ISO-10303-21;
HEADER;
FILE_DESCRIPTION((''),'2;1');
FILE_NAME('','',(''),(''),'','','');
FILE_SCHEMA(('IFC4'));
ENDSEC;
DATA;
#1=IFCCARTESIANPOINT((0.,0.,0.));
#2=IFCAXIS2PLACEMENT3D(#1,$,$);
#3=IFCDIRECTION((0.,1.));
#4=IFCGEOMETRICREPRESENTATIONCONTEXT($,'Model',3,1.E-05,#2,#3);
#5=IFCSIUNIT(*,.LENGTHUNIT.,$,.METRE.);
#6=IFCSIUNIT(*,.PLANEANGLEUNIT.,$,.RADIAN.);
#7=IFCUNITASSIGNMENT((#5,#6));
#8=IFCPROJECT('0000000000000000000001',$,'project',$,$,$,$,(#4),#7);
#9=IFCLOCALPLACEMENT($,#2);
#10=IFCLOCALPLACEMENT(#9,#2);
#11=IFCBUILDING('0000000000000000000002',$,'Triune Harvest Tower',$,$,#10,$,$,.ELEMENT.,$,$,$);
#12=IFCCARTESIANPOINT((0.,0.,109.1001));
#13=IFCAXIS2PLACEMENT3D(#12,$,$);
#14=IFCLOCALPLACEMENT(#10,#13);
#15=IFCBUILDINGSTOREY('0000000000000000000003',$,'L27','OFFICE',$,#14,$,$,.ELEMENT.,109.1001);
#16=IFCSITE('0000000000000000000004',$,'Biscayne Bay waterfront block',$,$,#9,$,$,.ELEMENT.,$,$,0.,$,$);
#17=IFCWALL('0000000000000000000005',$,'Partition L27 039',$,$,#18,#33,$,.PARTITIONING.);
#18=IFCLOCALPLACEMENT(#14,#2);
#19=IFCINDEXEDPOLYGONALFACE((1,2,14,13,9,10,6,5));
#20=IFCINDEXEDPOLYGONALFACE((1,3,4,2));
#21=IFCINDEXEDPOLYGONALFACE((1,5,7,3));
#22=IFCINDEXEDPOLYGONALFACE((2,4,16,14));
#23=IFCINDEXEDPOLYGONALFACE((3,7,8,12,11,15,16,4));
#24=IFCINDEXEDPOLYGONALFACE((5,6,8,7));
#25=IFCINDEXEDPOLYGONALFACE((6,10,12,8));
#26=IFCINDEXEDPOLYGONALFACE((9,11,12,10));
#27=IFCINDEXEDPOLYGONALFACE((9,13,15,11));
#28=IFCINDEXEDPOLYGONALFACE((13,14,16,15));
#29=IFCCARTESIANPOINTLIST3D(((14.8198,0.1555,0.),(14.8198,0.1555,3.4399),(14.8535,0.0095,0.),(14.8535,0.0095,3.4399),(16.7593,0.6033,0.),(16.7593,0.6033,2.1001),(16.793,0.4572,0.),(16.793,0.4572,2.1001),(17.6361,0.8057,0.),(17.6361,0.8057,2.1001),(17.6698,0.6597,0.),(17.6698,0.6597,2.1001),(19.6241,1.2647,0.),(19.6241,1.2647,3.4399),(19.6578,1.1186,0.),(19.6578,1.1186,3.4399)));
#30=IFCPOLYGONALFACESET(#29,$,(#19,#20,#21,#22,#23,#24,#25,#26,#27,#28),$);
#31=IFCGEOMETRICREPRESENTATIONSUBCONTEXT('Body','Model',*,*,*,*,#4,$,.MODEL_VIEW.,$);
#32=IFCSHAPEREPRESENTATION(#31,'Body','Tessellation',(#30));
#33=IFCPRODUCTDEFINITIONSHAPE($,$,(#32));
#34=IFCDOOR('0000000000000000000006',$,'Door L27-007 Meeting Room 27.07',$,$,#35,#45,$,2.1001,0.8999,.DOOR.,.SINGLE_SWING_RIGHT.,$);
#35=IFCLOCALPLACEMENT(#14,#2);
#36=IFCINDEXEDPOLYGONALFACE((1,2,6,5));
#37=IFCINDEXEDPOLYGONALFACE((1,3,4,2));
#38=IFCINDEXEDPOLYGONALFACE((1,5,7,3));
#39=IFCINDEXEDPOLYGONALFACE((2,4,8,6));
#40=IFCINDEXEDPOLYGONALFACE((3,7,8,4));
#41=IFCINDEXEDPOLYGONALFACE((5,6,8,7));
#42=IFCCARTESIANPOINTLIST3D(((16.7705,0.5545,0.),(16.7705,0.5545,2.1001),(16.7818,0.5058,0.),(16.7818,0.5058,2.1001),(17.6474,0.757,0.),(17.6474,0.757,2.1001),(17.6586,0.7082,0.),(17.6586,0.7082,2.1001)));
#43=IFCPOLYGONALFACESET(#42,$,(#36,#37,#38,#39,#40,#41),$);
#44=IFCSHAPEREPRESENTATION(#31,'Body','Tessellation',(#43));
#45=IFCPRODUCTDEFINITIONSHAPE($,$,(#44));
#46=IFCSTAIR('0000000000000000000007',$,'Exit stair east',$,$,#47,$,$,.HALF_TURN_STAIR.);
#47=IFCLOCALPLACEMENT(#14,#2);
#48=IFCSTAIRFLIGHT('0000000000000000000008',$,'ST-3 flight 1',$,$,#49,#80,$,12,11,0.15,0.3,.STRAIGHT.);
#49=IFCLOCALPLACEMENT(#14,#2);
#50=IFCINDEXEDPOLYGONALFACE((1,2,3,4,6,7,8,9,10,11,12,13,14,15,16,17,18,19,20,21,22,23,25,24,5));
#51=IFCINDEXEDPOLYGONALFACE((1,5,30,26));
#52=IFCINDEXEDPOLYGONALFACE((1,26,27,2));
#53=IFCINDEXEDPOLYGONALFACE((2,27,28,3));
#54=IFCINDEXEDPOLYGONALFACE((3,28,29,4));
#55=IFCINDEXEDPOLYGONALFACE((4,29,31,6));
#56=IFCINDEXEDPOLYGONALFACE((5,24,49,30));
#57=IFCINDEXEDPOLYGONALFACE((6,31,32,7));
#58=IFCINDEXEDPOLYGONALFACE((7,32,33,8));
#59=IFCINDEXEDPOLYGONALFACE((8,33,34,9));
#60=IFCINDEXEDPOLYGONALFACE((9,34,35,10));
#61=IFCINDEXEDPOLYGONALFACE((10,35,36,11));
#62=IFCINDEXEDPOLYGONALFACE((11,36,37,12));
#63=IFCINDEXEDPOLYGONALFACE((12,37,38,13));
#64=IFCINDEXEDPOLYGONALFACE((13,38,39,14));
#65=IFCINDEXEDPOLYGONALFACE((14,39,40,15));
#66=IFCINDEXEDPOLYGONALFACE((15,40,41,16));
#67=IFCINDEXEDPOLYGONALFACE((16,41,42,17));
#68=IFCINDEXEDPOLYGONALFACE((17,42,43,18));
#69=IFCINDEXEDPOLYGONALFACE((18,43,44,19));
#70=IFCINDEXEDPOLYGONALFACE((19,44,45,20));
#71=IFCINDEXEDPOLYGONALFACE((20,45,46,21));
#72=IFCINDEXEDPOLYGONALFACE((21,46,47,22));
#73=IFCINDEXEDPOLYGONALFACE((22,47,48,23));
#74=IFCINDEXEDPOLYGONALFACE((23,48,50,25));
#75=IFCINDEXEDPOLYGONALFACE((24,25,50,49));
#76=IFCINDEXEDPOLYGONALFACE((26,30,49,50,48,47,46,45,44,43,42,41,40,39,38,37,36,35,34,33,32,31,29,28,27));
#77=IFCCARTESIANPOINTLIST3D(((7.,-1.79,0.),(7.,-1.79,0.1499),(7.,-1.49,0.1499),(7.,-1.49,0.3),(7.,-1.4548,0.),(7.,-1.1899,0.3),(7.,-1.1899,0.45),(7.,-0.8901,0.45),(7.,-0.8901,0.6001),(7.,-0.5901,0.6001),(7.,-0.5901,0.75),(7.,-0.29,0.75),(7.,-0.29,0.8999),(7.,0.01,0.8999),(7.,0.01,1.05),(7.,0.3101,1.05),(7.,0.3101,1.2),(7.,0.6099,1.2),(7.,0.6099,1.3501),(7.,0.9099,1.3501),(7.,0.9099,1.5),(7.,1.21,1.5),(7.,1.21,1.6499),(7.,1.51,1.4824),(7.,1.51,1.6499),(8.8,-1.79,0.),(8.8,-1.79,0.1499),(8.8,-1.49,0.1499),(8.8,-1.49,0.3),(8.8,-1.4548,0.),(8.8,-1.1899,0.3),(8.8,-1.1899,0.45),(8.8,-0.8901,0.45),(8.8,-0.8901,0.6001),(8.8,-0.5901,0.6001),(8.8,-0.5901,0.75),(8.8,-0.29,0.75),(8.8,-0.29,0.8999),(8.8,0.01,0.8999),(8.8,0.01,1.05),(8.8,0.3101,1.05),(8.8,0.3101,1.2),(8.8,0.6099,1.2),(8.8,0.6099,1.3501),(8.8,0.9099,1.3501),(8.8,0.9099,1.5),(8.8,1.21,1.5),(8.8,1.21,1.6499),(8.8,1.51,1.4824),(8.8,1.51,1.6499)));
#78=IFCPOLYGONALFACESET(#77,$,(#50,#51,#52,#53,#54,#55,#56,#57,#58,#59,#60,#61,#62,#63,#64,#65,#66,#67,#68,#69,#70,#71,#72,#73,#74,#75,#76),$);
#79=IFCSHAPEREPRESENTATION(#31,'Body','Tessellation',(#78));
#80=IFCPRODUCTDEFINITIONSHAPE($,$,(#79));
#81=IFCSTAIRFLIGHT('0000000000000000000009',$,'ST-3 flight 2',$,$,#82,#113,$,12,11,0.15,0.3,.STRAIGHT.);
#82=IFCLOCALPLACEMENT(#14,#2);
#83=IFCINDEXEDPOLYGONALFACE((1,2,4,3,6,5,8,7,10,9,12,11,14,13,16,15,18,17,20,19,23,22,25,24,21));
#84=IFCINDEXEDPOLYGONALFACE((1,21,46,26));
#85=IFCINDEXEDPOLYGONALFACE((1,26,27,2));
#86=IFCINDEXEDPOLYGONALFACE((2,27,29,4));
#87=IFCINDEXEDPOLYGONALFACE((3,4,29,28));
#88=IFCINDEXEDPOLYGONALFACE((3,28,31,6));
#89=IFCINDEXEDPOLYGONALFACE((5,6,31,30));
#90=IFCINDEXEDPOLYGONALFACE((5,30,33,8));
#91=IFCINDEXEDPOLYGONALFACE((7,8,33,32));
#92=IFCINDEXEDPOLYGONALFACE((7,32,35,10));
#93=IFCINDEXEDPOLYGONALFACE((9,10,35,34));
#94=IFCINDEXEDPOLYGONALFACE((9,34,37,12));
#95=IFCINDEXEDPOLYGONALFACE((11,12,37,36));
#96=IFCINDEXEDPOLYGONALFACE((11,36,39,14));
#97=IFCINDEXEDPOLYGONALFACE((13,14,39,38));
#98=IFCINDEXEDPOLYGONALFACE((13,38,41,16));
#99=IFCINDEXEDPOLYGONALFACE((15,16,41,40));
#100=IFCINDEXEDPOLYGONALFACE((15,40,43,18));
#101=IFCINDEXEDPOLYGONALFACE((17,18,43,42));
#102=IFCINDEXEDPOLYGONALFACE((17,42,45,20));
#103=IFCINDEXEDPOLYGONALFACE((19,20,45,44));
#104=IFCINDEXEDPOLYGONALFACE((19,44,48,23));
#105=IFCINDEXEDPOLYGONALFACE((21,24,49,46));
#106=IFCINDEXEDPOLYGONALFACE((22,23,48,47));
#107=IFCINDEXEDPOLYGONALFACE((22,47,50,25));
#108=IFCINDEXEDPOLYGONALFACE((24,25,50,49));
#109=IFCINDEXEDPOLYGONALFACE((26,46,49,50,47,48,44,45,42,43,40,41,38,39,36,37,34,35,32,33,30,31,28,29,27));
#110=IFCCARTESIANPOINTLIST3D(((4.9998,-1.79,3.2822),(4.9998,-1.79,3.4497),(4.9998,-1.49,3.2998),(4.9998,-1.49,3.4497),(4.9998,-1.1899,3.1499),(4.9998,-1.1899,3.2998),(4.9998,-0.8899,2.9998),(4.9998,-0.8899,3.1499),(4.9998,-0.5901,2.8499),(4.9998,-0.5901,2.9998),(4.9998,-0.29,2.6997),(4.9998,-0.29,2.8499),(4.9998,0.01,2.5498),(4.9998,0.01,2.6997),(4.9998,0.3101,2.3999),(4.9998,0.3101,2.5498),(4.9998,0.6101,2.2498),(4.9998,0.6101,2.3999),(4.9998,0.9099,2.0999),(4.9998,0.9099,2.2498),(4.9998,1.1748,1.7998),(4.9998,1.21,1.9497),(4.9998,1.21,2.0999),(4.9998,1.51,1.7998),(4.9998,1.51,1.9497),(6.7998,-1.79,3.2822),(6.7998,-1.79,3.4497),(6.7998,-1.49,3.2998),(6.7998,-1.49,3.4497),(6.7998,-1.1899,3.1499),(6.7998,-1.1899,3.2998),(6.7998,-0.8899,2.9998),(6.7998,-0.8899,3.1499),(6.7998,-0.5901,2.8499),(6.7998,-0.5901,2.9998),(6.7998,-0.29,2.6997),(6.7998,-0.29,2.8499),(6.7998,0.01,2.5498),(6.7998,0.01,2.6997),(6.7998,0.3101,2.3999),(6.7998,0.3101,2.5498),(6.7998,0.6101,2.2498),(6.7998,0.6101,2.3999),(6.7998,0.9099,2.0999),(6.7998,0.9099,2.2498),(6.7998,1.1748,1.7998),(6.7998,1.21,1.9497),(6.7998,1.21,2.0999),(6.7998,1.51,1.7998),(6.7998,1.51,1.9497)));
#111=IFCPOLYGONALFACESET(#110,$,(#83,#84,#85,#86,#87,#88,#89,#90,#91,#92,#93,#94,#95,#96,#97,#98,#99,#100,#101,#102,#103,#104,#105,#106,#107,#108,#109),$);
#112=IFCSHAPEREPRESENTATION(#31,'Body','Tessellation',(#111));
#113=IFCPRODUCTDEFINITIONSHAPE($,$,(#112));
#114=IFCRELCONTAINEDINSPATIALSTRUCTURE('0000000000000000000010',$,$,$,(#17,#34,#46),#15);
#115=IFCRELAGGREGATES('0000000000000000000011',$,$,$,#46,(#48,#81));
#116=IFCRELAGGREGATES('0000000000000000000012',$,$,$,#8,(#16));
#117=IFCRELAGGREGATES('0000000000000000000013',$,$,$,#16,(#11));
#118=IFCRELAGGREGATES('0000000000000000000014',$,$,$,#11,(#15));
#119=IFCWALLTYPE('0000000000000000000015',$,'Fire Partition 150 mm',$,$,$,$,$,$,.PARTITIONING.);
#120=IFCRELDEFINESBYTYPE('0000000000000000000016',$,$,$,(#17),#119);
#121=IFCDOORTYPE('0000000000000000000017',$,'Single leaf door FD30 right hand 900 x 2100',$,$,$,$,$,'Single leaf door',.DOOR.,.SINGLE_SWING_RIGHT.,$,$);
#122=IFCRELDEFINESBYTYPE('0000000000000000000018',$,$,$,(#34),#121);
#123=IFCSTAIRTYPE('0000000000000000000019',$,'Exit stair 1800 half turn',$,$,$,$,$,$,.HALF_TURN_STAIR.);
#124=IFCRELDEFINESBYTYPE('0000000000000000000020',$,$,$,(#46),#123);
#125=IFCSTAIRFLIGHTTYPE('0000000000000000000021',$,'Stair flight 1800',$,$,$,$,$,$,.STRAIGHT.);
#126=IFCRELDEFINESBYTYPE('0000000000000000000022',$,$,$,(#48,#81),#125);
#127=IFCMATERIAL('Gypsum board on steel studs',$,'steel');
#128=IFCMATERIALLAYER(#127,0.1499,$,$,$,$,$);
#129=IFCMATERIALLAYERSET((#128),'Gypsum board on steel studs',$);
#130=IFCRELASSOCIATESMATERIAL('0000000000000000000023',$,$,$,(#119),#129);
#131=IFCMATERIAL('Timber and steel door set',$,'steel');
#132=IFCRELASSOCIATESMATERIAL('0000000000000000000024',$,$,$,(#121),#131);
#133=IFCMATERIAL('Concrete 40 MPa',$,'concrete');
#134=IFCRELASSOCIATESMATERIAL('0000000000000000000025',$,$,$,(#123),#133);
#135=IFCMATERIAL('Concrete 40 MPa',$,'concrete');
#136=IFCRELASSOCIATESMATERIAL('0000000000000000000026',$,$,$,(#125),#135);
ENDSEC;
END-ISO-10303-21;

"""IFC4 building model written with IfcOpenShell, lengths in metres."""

from ifc_helpers import new_model, si_unit, direction, frame, frame_2d, origin, place, context, subcontext, project, spatial, polyline, rectangle, outline, extrude, source, transform, mapped, material, layer, layer_set, type_object, element, fill, aggregate, save


model = new_model("IFC4")

# Units and contexts
model_context = context("Model", 3, precision=1e-05, world=origin(), true_north=direction((0.0, 1.0)))
body_context = subcontext(model_context, "Body", "Model", "MODEL_VIEW")
ifc_project = project(units=[si_unit("LENGTHUNIT", "METRE"), si_unit("PLANEANGLEUNIT", "RADIAN")], contexts=[model_context])

# Site, building, storey
site_placement = place(None, origin())
site = spatial("IfcSite", under=ifc_project, at=site_placement, Name="Biscayne Bay waterfront block", CompositionType="ELEMENT", RefElevation=0.0)
building_placement = place(site_placement, origin())
building = spatial("IfcBuilding", under=site, at=building_placement, Name="Triune Harvest Tower", CompositionType="ELEMENT")
storey_placement = place(building_placement, frame((0.0, 0.0, 109.1001)))
storey = spatial("IfcBuildingStorey", under=building, at=storey_placement, Name="L27", Description="OFFICE", CompositionType="ELEMENT", Elevation=109.1001)

# Shared definitions
ifc_material_1 = material(Name="Gypsum board on steel studs", Category="steel")
ifc_layer_1 = layer(ifc_material_1, 0.1499)
ifc_layer_set_1 = layer_set([ifc_layer_1], Name="Gypsum board on steel studs")
wall_type_1 = type_object("IfcWallType", Name="Fire Partition 150 mm", PredefinedType="PARTITIONING", material=ifc_layer_set_1)

# Wall, opening, door
shared_shape_1 = source(origin(), body_context, "Body", "SweptSolid", [
    extrude(rectangle(XDim=4.9307, YDim=0.1499, at=frame_2d((2.4653, 0.0))), origin(), (0.0, 0.0, 1.0), 3.4399),
])
wall_1_placement = place(storey_placement, frame((14.8367, 0.0825, 0.0), z_axis=(0.0, 0.0, 1.0), x_axis=(0.97437, 0.22495, 0.0)))
wall_1 = element("IfcWall", 1, at=wall_1_placement, inside=storey, type_object=wall_type_1, Name="Partition L27 039", PredefinedType="PARTITIONING", context=body_context, shape_type="MappedRepresentation", body=[
    mapped(shared_shape_1, transform((0.0, 0.0, 0.0), scale=1.0)),
])
opening_1_placement = place(wall_1_placement, frame((1.9905, 0.0, 0.0)))
opening_1 = element("IfcOpeningElement", 2, at=opening_1_placement, cuts=wall_1, PredefinedType="OPENING", context=body_context, shape_type="SweptSolid", body=[
    extrude(rectangle(XDim=0.8999, YDim=2.1001, at=frame_2d((0.45, 1.05))), frame((0.0, 0.085, 0.0), z_axis=(0.0, -1.0, 0.0), x_axis=(1.0, 0.0, 0.0)), (0.0, 0.0, 1.0), 0.1699),
])
ifc_material_2 = material(Name="Timber and steel door set", Category="steel")
door_type_1 = type_object("IfcDoorType", Name="Single leaf door FD30 right hand 900 x 2100", ElementType="Single leaf door", OperationType="SINGLE_SWING_RIGHT", PredefinedType="DOOR", material=ifc_material_2)
door_1_placement = place(opening_1_placement, origin())
door_1 = element("IfcDoor", 3, at=door_1_placement, inside=storey, type_object=door_type_1, Name="Door L27-007 Meeting Room 27.07", OperationType="SINGLE_SWING_RIGHT", OverallHeight=2.1001, OverallWidth=0.8999, PredefinedType="DOOR", context=body_context, shape_type="SweptSolid", body=[
    extrude(rectangle(XDim=0.8999, YDim=2.1001, at=frame_2d((0.45, 1.05))), frame((0.0, 0.0249, 0.0), z_axis=(0.0, -1.0, 0.0), x_axis=(1.0, 0.0, 0.0)), (0.0, 0.0, 1.0), 0.05),
])
fill(opening_1, door_1)

# Stair, stair flights
ifc_material_3 = material(Name="Concrete 40 MPa", Category="concrete")
stair_type = type_object("IfcStairType", Name="Exit stair 1800 half turn", PredefinedType="HALF_TURN_STAIR", material=ifc_material_3)
stair_placement = place(storey_placement, origin())
stair = element("IfcStair", 4, at=stair_placement, inside=storey, type_object=stair_type, Name="Exit stair east", PredefinedType="HALF_TURN_STAIR")
ifc_material_4 = material(Name="Concrete 40 MPa", Category="concrete")
stair_flight_type = type_object("IfcStairFlightType", Name="Stair flight 1800", PredefinedType="STRAIGHT", material=ifc_material_4)
shared_shape_2 = source(origin(), body_context, "Body", "SweptSolid", [
    extrude(outline(polyline([(0.0, 0.0), (0.0, 0.1499), (0.3, 0.1499), (0.3, 0.3), (0.6001, 0.3), (0.6001, 0.45), (0.8999, 0.45), (0.8999, 0.6001), (1.2, 0.6001), (1.2, 0.75), (1.5, 0.75), (1.5, 0.8999), (1.8, 0.8999), (1.8, 1.05), (2.1001, 1.05), (2.1001, 1.2), (2.3999, 1.2), (2.3999, 1.3501), (2.7, 1.3501), (2.7, 1.5), (3.0, 1.5), (3.0, 1.6499), (3.3, 1.6499), (3.3, 1.8), (3.3, 1.4824), (0.3352, 0.0), (0.0, 0.0)])), frame((0.0, 0.8999, 0.0), z_axis=(0.0, -1.0, 0.0), x_axis=(1.0, 0.0, 0.0)), (0.0, 0.0, 1.0), 1.8),
])
stair_flight_1_placement = place(storey_placement, frame((7.8999, -1.79, 0.0), z_axis=(0.0, 0.0, 1.0), x_axis=(0.0, 1.0, 0.0)))
stair_flight_1 = element("IfcStairFlight", 5, at=stair_flight_1_placement, type_object=stair_flight_type, Name="ST-3 flight 1", NumberOfRisers=12, NumberOfTreads=11, PredefinedType="STRAIGHT", RiserHeight=0.15, TreadLength=0.3, context=body_context, shape_type="MappedRepresentation", body=[
    mapped(shared_shape_2, transform((0.0, 0.0, 0.0), scale=1.0)),
])
stair_flight_2_placement = place(storey_placement, frame((5.8999, 1.51, 1.7998), z_axis=(0.0, 0.0, 1.0), x_axis=(0.0, -1.0, 0.0)))
stair_flight_2 = element("IfcStairFlight", 6, at=stair_flight_2_placement, type_object=stair_flight_type, Name="ST-3 flight 2", NumberOfRisers=12, NumberOfTreads=11, PredefinedType="STRAIGHT", RiserHeight=0.15, TreadLength=0.3, context=body_context, shape_type="MappedRepresentation", body=[
    mapped(shared_shape_2, transform((0.0, 0.0, 0.0), scale=1.0)),
])
aggregate(stair, [stair_flight_1, stair_flight_2])

save(model, "model.ifc")
